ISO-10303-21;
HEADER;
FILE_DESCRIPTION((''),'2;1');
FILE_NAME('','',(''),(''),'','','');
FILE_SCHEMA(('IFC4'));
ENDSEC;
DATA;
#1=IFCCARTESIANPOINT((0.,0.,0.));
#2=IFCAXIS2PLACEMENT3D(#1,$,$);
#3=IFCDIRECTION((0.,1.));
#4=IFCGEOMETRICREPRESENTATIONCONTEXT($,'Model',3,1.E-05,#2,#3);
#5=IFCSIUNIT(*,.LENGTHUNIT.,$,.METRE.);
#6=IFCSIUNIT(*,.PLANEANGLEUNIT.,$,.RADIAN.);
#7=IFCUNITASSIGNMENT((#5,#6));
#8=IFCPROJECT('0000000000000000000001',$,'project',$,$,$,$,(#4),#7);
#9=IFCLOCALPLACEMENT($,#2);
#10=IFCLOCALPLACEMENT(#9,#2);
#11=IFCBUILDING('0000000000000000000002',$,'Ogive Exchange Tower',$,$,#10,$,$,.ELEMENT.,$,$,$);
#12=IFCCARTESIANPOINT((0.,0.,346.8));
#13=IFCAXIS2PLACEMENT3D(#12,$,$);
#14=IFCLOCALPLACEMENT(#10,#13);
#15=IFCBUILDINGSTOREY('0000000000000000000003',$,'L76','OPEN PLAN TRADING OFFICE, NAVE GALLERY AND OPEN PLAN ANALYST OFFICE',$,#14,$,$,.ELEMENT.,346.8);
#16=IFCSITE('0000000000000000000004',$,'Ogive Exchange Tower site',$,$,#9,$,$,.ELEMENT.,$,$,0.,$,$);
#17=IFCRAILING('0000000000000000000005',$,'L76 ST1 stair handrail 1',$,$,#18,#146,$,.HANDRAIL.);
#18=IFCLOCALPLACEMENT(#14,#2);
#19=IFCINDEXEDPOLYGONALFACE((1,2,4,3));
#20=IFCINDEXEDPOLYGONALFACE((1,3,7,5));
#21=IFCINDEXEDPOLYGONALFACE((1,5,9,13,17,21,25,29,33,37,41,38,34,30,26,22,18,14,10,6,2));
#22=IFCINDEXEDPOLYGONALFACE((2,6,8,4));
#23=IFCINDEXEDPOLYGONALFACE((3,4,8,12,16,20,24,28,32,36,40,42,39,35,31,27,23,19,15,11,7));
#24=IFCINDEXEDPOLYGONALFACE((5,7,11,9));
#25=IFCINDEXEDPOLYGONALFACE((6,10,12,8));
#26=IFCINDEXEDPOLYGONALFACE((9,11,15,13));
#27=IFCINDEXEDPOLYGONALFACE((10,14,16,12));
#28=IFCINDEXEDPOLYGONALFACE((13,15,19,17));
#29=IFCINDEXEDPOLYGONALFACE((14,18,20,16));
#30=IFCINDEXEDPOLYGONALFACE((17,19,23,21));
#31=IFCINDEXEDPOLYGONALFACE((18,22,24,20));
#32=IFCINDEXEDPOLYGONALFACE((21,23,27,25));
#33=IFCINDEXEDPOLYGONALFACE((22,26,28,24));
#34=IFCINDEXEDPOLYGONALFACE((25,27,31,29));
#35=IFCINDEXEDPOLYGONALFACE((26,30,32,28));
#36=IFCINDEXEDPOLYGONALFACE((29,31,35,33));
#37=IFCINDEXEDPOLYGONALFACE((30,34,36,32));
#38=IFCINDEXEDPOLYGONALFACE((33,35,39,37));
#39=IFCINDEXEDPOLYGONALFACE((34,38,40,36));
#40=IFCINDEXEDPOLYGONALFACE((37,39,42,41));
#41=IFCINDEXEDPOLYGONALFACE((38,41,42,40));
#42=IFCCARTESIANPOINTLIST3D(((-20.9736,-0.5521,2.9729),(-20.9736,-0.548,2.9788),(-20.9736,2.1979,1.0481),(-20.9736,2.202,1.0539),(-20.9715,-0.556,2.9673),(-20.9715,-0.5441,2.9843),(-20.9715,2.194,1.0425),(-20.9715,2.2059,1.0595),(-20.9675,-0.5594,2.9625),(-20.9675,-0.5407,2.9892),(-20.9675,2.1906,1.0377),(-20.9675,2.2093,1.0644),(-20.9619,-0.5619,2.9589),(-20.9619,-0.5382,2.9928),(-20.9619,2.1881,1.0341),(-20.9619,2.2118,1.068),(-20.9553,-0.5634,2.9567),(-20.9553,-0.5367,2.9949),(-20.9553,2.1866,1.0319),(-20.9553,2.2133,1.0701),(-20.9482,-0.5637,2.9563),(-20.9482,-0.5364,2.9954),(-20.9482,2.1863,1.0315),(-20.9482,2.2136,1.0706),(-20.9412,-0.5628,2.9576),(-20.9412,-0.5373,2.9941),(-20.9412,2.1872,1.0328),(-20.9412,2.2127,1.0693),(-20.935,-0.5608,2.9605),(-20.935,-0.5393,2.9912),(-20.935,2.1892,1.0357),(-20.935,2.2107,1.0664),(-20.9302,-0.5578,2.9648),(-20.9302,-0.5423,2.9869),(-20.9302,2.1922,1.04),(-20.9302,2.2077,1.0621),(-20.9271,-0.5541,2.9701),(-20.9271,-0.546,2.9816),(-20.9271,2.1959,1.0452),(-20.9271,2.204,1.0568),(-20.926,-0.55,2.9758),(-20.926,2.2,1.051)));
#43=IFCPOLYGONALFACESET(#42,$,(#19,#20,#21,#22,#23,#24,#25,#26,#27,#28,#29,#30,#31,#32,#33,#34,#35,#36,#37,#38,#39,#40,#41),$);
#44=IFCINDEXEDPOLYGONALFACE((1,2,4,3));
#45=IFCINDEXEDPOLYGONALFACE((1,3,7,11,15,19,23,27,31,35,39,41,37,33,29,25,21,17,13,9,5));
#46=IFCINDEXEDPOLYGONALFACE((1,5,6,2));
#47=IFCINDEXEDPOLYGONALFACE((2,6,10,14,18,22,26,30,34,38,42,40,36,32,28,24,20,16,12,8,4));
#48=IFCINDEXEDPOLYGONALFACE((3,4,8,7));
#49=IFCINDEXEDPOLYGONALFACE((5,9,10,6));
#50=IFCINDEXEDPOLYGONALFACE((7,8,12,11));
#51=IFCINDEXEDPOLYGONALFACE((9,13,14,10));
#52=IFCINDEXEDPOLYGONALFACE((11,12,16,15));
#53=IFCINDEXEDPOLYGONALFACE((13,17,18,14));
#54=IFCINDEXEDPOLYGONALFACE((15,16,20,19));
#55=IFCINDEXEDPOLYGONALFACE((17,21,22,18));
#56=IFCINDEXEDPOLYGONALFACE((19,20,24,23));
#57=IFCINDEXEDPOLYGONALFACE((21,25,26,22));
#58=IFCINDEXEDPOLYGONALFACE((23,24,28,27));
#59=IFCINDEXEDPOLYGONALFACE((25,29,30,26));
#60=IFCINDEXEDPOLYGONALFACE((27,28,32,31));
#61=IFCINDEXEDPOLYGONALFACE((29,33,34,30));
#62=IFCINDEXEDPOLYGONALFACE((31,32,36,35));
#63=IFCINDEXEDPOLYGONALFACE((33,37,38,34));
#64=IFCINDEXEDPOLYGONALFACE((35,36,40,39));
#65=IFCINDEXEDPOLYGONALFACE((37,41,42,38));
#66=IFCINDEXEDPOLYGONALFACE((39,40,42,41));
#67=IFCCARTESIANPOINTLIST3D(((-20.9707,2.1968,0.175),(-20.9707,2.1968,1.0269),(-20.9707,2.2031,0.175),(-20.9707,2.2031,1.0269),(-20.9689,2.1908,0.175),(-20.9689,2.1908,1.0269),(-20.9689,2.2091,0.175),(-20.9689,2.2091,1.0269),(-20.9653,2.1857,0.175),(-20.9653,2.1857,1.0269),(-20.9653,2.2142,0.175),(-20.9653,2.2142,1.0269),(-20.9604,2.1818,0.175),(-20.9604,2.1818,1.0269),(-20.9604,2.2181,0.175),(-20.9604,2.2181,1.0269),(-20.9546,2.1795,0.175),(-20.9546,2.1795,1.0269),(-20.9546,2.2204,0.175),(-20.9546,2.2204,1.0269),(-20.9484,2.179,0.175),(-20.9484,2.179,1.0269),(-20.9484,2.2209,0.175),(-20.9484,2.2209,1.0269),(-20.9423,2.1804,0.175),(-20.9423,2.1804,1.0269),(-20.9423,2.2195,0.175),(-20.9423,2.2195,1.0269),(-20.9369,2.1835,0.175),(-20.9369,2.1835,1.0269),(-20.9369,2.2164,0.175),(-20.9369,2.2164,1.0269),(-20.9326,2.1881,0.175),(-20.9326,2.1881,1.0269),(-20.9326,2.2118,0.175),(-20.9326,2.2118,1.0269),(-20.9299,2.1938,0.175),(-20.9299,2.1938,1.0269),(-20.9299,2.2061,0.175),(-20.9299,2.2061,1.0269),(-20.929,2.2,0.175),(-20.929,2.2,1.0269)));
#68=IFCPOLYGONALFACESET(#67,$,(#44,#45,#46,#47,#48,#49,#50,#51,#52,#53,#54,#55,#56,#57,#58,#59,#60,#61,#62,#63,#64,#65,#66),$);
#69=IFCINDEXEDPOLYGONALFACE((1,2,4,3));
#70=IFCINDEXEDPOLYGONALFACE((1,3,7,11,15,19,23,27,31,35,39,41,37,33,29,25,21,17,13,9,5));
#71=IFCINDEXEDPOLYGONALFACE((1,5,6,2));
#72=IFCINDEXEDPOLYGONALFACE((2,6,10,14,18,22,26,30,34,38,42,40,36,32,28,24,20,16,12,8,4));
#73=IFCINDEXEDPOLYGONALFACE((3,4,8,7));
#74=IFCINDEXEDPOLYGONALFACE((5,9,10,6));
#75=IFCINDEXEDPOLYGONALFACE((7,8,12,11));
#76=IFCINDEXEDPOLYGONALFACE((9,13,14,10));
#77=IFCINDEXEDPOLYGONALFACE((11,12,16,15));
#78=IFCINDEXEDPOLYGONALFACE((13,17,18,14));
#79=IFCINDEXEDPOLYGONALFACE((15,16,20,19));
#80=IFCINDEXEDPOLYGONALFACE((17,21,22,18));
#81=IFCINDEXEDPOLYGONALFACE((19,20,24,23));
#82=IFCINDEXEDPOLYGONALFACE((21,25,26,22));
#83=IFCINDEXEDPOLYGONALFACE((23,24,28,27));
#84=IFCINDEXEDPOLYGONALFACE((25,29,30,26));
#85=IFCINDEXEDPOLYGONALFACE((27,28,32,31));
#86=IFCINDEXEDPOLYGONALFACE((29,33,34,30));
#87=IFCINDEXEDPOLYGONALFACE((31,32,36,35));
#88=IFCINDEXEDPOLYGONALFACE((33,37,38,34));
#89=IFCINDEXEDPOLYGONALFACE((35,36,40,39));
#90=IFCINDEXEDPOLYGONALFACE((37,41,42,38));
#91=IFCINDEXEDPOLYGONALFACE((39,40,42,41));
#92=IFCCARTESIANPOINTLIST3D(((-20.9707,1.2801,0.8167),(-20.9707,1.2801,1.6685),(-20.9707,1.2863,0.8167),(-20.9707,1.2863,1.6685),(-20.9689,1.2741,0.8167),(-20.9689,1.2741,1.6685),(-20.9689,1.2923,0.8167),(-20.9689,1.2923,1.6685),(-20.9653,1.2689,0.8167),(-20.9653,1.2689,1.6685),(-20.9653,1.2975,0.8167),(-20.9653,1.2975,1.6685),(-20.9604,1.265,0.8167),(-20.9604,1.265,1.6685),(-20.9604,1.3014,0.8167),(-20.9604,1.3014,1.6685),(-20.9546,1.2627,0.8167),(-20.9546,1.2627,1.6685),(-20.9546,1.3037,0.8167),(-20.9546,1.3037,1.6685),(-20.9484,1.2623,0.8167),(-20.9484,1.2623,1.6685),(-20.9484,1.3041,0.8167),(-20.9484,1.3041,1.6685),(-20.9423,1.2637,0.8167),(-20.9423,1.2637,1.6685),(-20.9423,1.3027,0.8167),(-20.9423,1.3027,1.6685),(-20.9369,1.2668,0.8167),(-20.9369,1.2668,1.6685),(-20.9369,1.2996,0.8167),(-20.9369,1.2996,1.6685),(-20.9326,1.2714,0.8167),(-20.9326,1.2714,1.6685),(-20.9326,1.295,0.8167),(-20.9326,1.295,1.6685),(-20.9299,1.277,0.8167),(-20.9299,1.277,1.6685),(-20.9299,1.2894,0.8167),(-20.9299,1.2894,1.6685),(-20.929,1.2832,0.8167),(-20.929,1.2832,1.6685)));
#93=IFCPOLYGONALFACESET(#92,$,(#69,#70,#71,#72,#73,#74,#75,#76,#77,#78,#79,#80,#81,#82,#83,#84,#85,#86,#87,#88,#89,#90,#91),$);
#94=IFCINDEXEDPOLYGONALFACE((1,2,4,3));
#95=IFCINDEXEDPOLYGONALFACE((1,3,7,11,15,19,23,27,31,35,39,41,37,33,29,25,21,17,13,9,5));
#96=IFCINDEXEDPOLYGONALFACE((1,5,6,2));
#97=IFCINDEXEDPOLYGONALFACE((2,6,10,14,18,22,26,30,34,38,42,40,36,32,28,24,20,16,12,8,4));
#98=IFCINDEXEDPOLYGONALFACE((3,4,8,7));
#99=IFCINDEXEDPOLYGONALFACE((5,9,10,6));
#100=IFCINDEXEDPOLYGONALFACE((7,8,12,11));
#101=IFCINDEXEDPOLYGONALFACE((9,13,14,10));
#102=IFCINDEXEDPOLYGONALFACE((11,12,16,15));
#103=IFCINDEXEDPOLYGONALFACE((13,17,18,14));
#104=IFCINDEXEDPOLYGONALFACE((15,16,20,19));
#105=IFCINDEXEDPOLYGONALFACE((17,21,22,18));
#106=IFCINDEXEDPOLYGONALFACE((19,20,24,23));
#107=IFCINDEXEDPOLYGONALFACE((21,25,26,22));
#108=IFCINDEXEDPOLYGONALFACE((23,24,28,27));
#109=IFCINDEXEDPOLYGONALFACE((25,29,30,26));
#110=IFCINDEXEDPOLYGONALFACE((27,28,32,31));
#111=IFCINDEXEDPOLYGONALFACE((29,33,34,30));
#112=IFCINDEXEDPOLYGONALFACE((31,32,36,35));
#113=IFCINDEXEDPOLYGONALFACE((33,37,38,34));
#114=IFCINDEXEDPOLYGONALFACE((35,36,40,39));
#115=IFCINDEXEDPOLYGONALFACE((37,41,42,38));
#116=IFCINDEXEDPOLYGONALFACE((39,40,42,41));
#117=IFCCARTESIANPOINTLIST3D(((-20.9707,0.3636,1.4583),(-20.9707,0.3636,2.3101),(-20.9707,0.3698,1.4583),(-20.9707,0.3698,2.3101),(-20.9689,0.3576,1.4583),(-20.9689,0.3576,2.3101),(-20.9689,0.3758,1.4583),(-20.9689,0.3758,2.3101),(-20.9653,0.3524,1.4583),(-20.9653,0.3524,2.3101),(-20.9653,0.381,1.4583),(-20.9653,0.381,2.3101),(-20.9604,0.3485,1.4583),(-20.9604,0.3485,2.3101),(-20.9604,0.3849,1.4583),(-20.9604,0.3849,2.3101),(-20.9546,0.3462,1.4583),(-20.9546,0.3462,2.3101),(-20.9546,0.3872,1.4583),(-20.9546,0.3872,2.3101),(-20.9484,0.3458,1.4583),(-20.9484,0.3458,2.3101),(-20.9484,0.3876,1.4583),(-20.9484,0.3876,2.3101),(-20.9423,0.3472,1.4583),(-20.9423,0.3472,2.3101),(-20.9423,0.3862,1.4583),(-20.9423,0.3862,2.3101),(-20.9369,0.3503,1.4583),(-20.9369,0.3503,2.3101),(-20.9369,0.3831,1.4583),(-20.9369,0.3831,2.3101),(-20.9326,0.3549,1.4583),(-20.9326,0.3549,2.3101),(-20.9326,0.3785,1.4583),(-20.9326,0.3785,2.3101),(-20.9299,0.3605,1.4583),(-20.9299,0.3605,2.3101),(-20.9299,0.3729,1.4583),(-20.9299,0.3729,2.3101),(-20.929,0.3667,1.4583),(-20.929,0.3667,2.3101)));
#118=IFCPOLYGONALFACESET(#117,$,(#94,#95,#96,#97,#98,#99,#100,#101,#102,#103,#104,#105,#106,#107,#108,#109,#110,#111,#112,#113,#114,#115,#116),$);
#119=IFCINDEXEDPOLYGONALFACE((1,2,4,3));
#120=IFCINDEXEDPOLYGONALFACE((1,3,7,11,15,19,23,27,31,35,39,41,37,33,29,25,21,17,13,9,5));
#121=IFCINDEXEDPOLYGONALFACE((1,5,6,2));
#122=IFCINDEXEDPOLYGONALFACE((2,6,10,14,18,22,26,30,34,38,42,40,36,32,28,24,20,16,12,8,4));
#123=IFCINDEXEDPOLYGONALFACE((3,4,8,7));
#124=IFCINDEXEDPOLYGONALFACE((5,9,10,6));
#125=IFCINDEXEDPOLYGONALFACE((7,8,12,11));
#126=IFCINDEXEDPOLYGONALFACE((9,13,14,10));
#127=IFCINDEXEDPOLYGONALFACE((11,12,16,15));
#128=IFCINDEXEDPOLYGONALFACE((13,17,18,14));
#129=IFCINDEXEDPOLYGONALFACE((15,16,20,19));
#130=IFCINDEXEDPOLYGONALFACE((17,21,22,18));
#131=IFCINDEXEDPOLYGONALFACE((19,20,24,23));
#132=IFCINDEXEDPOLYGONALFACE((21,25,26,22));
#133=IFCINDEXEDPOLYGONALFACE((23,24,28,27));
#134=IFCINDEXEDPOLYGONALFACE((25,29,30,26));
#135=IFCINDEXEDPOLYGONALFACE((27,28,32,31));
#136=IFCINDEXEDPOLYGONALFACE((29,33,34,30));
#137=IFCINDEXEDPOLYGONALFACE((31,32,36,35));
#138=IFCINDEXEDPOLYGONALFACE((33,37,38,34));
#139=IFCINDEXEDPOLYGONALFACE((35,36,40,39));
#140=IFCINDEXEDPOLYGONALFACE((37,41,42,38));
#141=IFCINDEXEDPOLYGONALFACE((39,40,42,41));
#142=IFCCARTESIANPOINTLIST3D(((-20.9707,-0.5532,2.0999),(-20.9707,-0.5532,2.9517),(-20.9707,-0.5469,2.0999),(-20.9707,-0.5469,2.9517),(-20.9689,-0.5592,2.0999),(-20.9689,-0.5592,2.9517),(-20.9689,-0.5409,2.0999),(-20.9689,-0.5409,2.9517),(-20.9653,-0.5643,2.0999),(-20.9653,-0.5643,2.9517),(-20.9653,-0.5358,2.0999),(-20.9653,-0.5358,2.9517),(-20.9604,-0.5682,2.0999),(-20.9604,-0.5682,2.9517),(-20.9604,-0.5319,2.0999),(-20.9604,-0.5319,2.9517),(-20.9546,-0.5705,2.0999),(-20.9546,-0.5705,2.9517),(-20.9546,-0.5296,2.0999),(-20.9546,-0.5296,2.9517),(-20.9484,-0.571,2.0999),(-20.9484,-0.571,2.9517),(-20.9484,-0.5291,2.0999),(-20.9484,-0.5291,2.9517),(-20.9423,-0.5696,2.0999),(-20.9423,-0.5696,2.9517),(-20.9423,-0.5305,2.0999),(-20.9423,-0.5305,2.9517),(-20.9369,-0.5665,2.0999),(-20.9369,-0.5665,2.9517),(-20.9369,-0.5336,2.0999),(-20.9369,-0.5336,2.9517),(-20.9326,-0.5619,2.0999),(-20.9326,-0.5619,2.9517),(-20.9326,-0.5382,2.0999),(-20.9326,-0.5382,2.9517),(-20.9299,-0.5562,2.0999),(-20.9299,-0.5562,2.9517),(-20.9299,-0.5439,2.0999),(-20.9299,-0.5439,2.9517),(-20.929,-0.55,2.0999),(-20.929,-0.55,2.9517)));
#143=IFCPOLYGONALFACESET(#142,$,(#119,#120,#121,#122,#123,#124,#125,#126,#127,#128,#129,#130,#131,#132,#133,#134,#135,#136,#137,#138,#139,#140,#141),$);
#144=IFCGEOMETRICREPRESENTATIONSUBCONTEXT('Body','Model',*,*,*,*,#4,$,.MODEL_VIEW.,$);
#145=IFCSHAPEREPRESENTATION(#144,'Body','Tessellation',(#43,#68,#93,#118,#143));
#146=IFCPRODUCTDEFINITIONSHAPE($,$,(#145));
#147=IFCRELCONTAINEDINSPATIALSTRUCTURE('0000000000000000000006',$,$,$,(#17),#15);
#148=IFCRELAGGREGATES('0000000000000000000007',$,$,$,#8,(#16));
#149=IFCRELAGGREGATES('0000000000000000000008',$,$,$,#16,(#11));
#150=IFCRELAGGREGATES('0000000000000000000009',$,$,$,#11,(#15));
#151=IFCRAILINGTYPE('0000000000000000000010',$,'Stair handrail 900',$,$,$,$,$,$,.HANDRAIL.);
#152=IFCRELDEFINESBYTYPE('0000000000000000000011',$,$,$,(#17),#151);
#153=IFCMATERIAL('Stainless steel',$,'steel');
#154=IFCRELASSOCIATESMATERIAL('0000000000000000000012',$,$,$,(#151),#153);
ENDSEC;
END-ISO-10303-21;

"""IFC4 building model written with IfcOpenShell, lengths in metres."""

from ifc_helpers import new_model, si_unit, direction, frame, origin, origin_2d, place, context, subcontext, project, spatial, circle, extrude, material, type_object, element, save


model = new_model("IFC4")

# Units and contexts
model_context = context("Model", 3, precision=1e-05, world=origin(), true_north=direction((0.0, 1.0)))
body_context = subcontext(model_context, "Body", "Model", "MODEL_VIEW")
ifc_project = project(units=[si_unit("LENGTHUNIT", "METRE"), si_unit("PLANEANGLEUNIT", "RADIAN")], contexts=[model_context])

# Site, building, storey
site_placement = place(None, origin())
site = spatial("IfcSite", under=ifc_project, at=site_placement, Name="Ogive Exchange Tower site", CompositionType="ELEMENT", RefElevation=0.0)
building_placement = place(site_placement, origin())
building = spatial("IfcBuilding", under=site, at=building_placement, Name="Ogive Exchange Tower", CompositionType="ELEMENT")
storey_placement = place(building_placement, frame((0.0, 0.0, 346.8)))
storey = spatial("IfcBuildingStorey", under=building, at=storey_placement, Name="L76", Description="OPEN PLAN TRADING OFFICE, NAVE GALLERY AND OPEN PLAN ANALYST OFFICE", CompositionType="ELEMENT", Elevation=346.8)

# Shared definitions
ifc_material_1 = material(Name="Stainless steel", Category="steel")

# Railing
railing_type = type_object("IfcRailingType", Name="Stair handrail 900", PredefinedType="HANDRAIL", material=ifc_material_1)
railing_placement = place(storey_placement, frame((-20.95, 2.2, 0.175)))
element("IfcRailing", 1, at=railing_placement, inside=storey, type_object=railing_type, Name="L76 ST1 stair handrail 1", PredefinedType="HANDRAIL", context=body_context, shape_type="SweptSolid", body=[
    extrude(circle(Radius=0.0239, at=origin_2d()), frame((0.0, 0.0, 0.876), z_axis=(0.0, -0.819259, 0.573423), x_axis=(1.0, 0.0, 0.0)), (0.0, 0.0, 1.0), 3.3567),
    extrude(circle(Radius=0.021, at=origin_2d()), origin(), (0.0, 0.0, 1.0), 0.8518),
    extrude(circle(Radius=0.021, at=origin_2d()), frame((0.0, -0.9167, 0.6416)), (0.0, 0.0, 1.0), 0.8518),
    extrude(circle(Radius=0.021, at=origin_2d()), frame((0.0, -1.8333, 1.2832)), (0.0, 0.0, 1.0), 0.8518),
    extrude(circle(Radius=0.021, at=origin_2d()), frame((0.0, -2.75, 1.9248)), (0.0, 0.0, 1.0), 0.8518),
])

save(model, "model.ifc")
